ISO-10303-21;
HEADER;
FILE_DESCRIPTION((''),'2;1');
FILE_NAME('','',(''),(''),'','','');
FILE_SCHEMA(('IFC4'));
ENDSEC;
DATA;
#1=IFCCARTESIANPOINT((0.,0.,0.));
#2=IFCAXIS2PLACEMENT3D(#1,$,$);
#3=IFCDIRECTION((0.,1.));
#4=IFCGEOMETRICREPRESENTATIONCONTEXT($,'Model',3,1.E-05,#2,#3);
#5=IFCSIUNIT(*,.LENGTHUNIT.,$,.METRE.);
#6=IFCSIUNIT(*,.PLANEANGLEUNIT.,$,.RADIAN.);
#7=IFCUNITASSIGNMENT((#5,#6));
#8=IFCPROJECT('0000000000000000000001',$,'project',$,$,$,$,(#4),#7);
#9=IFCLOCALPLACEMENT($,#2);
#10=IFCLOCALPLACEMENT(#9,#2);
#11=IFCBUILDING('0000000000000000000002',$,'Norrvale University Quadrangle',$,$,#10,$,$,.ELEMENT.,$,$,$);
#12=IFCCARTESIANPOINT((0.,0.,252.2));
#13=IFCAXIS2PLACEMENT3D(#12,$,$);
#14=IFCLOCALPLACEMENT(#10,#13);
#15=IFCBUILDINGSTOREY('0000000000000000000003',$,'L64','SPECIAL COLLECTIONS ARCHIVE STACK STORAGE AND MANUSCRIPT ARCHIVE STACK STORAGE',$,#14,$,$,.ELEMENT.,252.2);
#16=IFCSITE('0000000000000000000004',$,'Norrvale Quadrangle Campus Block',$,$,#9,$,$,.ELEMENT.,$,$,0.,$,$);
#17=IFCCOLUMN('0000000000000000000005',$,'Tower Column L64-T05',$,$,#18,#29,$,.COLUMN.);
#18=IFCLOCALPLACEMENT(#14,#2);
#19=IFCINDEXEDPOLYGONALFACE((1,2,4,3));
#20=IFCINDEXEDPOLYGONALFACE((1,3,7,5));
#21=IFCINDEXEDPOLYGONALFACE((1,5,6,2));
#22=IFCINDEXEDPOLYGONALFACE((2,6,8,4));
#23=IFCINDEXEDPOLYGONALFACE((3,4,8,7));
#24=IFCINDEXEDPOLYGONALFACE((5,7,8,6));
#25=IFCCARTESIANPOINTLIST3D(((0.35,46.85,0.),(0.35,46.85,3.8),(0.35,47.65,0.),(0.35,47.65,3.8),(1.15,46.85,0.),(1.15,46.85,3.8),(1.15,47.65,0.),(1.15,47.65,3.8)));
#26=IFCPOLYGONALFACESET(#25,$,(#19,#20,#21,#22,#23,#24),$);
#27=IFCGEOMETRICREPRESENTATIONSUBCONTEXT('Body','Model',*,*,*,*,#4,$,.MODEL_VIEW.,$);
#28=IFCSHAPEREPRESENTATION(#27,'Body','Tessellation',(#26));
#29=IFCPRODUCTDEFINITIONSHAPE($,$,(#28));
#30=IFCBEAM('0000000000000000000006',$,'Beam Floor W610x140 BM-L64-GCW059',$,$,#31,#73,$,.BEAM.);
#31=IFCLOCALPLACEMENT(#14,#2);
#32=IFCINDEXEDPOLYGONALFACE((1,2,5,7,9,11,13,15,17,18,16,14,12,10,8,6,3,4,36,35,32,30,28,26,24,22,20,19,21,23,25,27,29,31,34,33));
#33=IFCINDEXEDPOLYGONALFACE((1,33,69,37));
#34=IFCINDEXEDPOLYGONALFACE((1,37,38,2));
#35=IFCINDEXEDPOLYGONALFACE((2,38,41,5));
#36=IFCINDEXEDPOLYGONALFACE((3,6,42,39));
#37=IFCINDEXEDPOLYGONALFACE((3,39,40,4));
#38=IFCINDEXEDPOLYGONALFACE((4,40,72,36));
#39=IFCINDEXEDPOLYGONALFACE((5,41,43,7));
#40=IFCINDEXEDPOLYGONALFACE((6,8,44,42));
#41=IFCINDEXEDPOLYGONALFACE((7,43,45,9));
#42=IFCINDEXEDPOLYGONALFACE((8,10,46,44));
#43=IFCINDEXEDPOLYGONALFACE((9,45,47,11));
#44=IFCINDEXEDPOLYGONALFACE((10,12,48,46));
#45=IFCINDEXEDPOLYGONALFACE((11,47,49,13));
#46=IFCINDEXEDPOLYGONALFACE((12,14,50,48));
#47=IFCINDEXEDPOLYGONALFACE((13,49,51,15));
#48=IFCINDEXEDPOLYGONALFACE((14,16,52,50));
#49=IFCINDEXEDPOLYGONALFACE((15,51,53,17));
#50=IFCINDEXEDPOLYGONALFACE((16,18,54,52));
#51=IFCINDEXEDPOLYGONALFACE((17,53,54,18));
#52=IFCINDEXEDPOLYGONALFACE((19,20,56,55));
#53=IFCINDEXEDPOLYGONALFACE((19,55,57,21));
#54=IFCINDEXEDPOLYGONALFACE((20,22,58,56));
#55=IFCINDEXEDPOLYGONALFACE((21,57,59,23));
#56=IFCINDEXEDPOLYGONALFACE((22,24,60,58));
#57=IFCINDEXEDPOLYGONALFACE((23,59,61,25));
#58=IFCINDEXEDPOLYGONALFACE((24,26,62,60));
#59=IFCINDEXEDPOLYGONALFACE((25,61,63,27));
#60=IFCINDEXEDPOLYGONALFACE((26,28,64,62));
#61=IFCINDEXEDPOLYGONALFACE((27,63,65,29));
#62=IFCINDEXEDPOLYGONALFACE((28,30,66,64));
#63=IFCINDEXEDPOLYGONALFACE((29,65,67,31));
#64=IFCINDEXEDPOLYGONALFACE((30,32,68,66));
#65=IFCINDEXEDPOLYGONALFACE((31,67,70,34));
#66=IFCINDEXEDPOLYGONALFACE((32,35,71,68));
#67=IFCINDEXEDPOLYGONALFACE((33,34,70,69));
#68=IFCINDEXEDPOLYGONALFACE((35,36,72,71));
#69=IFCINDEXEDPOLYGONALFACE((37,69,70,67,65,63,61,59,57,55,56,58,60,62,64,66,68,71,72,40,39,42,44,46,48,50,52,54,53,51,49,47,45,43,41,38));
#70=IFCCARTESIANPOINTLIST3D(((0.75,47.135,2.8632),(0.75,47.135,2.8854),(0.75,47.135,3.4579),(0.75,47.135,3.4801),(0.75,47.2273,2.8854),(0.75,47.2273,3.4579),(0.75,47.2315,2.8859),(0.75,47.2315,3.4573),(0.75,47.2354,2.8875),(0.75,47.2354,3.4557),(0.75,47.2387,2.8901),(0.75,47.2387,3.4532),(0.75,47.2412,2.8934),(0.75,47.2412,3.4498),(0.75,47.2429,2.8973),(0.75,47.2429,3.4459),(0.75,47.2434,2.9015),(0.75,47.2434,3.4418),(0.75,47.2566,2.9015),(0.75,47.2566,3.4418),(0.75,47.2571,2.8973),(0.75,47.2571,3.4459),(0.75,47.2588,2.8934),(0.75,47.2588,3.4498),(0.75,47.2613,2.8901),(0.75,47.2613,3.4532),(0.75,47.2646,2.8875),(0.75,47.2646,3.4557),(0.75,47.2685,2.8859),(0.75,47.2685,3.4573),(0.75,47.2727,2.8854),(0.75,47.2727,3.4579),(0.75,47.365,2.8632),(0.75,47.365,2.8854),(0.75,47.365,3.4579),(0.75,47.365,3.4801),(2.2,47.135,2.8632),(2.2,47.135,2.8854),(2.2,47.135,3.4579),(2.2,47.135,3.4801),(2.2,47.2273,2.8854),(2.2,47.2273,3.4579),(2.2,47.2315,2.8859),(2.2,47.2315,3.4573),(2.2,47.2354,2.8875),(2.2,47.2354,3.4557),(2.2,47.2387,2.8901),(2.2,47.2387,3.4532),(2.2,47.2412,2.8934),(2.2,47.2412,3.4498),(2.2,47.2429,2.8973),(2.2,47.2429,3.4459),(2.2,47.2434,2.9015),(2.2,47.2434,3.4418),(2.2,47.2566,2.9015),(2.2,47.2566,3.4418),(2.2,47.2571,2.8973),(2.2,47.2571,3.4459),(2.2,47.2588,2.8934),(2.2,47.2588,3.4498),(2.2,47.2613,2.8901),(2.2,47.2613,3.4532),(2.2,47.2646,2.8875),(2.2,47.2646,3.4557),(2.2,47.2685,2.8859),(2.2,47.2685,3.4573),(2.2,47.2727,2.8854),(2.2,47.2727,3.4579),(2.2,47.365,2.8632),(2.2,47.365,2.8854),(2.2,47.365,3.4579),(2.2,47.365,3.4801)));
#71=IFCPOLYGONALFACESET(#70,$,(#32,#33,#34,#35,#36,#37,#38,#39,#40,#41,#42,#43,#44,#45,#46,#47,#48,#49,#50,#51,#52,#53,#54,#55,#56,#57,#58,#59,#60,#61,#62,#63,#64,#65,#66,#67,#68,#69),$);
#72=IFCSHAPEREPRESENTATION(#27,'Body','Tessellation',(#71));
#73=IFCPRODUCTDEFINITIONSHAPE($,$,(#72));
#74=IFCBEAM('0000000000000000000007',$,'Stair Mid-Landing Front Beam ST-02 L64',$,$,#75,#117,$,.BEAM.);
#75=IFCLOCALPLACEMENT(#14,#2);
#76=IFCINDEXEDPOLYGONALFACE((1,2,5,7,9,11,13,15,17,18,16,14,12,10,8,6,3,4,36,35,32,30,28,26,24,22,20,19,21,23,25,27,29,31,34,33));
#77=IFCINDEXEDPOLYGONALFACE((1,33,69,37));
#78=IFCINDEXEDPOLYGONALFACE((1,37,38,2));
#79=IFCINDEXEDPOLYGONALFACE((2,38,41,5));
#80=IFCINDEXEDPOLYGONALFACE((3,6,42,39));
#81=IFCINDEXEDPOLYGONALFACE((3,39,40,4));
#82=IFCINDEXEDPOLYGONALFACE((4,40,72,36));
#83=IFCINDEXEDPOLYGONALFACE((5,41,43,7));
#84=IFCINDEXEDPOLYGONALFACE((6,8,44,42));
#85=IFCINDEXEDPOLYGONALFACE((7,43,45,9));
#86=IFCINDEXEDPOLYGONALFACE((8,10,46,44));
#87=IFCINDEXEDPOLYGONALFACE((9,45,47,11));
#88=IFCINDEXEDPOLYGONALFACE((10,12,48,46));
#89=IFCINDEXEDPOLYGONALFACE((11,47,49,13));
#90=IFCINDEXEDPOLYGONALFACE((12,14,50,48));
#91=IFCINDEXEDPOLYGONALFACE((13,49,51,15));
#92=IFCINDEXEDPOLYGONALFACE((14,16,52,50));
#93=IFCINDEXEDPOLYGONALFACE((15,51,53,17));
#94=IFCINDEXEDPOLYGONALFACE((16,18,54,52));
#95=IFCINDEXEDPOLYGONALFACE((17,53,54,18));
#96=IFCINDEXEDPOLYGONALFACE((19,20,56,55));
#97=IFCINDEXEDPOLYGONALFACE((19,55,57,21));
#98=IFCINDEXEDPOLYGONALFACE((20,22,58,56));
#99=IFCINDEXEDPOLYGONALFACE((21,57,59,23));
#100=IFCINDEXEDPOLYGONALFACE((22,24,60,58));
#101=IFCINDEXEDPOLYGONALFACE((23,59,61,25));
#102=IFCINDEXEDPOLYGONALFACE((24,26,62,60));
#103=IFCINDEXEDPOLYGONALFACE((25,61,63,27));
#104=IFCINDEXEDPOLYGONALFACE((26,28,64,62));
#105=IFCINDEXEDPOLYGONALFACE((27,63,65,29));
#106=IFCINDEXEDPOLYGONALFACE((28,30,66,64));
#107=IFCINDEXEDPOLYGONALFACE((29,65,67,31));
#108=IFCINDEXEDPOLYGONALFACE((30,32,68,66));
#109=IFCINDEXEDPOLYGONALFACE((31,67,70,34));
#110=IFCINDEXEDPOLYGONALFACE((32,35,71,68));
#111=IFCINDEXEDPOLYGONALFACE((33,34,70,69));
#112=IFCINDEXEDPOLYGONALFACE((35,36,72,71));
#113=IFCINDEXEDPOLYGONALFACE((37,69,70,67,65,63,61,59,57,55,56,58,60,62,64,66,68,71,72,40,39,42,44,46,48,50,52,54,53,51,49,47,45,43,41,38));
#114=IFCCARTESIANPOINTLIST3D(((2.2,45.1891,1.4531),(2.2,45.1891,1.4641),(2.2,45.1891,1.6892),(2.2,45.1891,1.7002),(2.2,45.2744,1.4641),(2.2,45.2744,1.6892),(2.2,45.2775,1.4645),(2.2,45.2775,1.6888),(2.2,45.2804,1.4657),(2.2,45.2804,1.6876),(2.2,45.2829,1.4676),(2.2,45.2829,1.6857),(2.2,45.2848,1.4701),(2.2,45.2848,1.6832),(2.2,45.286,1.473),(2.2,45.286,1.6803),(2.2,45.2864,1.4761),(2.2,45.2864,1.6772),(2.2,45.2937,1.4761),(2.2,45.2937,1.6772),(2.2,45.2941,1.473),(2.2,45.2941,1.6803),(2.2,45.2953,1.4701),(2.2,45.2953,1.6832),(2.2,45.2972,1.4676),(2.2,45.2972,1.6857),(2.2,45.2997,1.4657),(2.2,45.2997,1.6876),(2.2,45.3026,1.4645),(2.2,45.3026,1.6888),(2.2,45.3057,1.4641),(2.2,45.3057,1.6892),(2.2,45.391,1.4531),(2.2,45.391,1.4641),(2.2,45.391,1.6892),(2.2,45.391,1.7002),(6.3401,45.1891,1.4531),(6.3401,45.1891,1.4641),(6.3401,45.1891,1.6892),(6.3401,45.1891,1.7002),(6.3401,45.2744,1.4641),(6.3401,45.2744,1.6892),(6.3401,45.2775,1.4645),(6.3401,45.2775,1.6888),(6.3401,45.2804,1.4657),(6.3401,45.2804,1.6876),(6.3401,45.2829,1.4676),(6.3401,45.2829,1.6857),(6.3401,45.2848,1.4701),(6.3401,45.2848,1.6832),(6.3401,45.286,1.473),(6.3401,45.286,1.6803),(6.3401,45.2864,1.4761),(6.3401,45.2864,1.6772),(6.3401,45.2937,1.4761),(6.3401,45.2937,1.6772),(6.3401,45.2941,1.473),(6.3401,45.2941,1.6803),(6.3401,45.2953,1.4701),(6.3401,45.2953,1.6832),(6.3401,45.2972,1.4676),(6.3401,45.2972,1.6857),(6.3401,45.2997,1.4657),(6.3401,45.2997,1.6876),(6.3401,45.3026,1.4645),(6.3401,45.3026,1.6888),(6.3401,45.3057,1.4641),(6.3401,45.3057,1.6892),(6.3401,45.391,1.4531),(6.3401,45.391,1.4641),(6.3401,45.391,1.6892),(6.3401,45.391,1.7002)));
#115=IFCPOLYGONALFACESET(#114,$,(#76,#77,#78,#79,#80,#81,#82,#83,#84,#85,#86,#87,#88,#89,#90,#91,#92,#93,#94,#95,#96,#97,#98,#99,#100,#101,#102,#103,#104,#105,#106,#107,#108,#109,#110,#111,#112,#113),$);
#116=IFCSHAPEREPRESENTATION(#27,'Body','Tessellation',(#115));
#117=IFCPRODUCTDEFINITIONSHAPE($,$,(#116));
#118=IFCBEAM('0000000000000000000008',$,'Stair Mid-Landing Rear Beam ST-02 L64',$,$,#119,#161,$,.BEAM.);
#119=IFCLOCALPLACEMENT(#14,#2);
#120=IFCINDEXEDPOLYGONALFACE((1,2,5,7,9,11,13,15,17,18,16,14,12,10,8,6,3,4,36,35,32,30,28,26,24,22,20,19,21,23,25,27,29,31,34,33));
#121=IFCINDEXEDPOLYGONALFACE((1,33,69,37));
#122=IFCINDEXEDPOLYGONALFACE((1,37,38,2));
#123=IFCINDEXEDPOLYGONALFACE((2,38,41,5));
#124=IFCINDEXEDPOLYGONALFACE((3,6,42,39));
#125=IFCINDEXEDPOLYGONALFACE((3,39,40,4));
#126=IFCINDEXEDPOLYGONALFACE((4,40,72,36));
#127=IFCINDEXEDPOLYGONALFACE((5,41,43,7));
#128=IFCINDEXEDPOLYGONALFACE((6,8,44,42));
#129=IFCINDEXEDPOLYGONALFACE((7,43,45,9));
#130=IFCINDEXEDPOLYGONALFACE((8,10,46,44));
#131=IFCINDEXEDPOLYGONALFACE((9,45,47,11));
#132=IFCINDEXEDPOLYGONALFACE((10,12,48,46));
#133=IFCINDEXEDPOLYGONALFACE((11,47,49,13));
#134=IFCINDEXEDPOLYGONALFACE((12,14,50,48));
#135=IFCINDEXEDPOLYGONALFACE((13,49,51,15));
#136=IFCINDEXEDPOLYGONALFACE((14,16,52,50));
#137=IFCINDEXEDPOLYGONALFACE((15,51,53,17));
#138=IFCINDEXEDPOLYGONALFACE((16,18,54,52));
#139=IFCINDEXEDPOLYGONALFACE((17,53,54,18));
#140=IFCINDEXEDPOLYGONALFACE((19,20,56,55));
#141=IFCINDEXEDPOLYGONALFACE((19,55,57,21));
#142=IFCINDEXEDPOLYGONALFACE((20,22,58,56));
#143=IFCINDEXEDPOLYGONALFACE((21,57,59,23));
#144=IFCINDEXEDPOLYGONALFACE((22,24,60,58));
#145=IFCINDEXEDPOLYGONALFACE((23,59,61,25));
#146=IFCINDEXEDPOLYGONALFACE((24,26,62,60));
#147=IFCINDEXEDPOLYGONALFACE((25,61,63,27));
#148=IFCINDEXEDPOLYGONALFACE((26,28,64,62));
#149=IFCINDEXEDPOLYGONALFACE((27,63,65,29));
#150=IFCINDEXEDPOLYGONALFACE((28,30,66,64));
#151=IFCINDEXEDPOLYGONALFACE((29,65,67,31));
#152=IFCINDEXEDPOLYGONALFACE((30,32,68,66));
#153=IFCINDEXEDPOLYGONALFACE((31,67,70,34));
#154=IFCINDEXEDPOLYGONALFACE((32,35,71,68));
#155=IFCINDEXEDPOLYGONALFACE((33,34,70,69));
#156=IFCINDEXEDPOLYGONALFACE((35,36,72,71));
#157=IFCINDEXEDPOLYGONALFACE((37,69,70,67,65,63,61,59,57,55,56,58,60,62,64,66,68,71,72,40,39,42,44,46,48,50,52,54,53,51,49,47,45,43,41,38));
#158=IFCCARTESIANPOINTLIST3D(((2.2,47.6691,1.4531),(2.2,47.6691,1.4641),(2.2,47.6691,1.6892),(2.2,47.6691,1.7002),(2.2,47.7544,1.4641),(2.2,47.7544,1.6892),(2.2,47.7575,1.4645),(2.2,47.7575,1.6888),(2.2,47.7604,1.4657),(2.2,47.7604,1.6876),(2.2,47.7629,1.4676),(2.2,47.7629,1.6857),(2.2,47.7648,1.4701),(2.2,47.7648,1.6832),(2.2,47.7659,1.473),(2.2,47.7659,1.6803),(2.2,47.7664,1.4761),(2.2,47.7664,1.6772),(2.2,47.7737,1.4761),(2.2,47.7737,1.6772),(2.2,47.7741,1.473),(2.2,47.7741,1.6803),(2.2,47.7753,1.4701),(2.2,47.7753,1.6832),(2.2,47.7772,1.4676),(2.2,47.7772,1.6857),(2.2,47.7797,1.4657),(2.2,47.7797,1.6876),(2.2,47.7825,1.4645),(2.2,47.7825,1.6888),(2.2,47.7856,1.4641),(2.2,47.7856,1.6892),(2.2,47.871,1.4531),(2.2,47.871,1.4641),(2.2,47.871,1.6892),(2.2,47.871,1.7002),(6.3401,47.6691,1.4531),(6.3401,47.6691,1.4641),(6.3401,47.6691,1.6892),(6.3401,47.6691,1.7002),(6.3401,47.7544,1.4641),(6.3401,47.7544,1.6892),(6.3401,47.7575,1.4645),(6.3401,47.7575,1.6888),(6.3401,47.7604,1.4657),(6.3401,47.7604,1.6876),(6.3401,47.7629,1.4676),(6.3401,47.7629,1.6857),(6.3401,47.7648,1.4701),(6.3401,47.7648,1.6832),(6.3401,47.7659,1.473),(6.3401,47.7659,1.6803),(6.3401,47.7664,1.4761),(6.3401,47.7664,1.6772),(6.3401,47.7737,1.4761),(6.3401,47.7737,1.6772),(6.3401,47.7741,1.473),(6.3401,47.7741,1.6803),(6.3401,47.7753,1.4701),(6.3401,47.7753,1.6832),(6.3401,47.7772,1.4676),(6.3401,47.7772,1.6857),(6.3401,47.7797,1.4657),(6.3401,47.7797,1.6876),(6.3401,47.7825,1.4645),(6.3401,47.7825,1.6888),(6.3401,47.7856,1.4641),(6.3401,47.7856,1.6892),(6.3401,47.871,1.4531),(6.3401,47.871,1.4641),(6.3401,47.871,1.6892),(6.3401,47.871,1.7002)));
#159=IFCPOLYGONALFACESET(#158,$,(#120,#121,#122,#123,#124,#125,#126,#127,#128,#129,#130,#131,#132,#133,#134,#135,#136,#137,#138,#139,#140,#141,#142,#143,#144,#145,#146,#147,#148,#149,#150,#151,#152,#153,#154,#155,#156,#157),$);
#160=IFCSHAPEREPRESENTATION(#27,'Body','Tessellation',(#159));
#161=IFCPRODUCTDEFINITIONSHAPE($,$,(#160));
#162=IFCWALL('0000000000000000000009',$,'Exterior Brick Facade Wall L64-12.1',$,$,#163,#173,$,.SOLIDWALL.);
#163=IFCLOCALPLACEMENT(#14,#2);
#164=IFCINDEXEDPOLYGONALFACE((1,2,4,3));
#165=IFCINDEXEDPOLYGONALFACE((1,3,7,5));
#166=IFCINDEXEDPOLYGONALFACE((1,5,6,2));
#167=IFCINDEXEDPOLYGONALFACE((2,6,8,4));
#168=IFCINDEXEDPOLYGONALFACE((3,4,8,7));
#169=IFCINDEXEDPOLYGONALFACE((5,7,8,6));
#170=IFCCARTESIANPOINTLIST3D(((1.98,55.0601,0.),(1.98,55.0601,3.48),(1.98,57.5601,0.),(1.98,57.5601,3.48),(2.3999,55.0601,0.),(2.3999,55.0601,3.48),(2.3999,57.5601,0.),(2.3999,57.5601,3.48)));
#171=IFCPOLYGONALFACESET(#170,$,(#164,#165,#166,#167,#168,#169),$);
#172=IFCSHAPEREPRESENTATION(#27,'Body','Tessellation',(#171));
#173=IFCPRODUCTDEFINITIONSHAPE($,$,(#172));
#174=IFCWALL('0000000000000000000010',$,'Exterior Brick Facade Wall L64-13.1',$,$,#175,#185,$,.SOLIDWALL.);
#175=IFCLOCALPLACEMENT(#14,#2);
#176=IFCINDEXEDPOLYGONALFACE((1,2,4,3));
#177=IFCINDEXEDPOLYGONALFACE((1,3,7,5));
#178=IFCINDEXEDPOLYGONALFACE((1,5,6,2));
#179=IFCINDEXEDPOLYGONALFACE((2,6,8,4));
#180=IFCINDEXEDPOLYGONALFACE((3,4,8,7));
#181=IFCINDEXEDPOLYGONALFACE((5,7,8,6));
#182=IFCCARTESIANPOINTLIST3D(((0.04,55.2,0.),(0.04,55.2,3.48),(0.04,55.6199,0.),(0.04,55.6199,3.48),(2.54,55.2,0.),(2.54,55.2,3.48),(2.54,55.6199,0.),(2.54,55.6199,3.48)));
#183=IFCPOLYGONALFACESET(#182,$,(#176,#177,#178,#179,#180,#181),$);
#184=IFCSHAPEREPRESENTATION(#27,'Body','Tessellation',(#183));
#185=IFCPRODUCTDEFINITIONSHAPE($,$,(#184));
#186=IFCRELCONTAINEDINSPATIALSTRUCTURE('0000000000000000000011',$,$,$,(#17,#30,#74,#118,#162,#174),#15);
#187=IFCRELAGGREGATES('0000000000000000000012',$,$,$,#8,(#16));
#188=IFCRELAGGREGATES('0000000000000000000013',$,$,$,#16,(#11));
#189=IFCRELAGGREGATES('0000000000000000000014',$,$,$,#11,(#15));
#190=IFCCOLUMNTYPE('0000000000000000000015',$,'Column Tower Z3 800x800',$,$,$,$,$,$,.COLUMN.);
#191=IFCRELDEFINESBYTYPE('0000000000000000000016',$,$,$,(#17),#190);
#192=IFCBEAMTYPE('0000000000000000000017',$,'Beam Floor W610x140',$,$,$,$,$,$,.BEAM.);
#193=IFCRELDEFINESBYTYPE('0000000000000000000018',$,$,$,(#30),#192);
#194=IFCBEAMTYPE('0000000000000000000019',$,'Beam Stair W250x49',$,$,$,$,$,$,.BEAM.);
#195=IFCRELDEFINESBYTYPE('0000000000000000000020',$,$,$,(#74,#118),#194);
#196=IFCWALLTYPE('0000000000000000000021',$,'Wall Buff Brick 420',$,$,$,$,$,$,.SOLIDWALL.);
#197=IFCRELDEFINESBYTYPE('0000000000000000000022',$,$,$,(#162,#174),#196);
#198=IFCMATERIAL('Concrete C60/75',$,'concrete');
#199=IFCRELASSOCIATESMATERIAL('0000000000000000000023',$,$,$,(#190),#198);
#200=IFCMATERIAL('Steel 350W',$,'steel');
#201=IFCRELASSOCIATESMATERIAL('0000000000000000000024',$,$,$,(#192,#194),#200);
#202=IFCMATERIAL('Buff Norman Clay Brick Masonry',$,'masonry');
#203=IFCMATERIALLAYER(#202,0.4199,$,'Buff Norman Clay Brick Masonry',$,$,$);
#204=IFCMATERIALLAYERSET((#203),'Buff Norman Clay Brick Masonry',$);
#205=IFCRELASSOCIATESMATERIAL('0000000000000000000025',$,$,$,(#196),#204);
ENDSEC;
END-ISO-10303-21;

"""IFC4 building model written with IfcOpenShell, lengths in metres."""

from ifc_helpers import new_model, si_unit, direction, frame, frame_2d, origin, origin_2d, place, context, subcontext, project, spatial, rectangle, i_section, extrude, material, layer, layer_set, material_profile, profile_set, type_object, element, save


model = new_model("IFC4")

# Units and contexts
model_context = context("Model", 3, precision=1e-05, world=origin(), true_north=direction((0.0, 1.0)))
body_context = subcontext(model_context, "Body", "Model", "MODEL_VIEW")
ifc_project = project(units=[si_unit("LENGTHUNIT", "METRE"), si_unit("PLANEANGLEUNIT", "RADIAN")], contexts=[model_context])

# Site, building, storey
site_placement = place(None, origin())
site = spatial("IfcSite", under=ifc_project, at=site_placement, Name="Norrvale Quadrangle Campus Block", CompositionType="ELEMENT", RefElevation=0.0)
building_placement = place(site_placement, origin())
building = spatial("IfcBuilding", under=site, at=building_placement, Name="Norrvale University Quadrangle", CompositionType="ELEMENT")
storey_placement = place(building_placement, frame((0.0, 0.0, 252.2)))
storey = spatial("IfcBuildingStorey", under=building, at=storey_placement, Name="L64", Description="SPECIAL COLLECTIONS ARCHIVE STACK STORAGE AND MANUSCRIPT ARCHIVE STACK STORAGE", CompositionType="ELEMENT", Elevation=252.2)

# Column
ifc_material_1 = material(Name="Concrete C60/75", Category="concrete")
ifc_material_profile_1 = material_profile(ifc_material_1, rectangle(XDim=0.8, YDim=0.8, at=origin_2d()), Name="Concrete C60/75")
ifc_profile_set_1 = profile_set([ifc_material_profile_1], Name="Concrete C60/75")
column_type = type_object("IfcColumnType", Name="Column Tower Z3 800x800", PredefinedType="COLUMN", material=ifc_profile_set_1)
column_placement = place(storey_placement, frame((0.75, 47.25, 0.0), z_axis=(0.0, 0.0, 1.0), x_axis=(1.0, 0.0, 0.0)))
element("IfcColumn", 1, at=column_placement, inside=storey, type_object=column_type, Name="Tower Column L64-T05", PredefinedType="COLUMN", context=body_context, shape_type="SweptSolid", body=[
    extrude(rectangle(XDim=0.8, YDim=0.8, at=origin_2d()), origin(), (0.0, 0.0, 1.0), 3.8),
])

# Beams
ifc_material_2 = material(Name="Steel 350W", Category="steel")
ifc_material_profile_2 = material_profile(ifc_material_2, i_section(OverallWidth=0.23, OverallDepth=0.6169, WebThickness=0.0132, FlangeThickness=0.0222, FilletRadius=0.0161, at=origin_2d()), Name="Steel 350W")
ifc_profile_set_2 = profile_set([ifc_material_profile_2], Name="Steel 350W")
beam_type_1 = type_object("IfcBeamType", Name="Beam Floor W610x140", PredefinedType="BEAM", material=ifc_profile_set_2)
beam_placement = place(storey_placement, frame((0.75, 47.25, 3.1716), z_axis=(1.0, 0.0, 0.0), x_axis=(0.0, 1.0, 0.0)))
element("IfcBeam", 2, at=beam_placement, inside=storey, type_object=beam_type_1, Name="Beam Floor W610x140 BM-L64-GCW059", PredefinedType="BEAM", context=body_context, shape_type="SweptSolid", body=[
    extrude(i_section(OverallWidth=0.23, OverallDepth=0.6169, WebThickness=0.0132, FlangeThickness=0.0222, FilletRadius=0.0161, at=origin_2d()), origin(), (0.0, 0.0, 1.0), 1.45),
])
ifc_material_profile_3 = material_profile(ifc_material_2, i_section(OverallWidth=0.2019, OverallDepth=0.2471, WebThickness=0.0073, FlangeThickness=0.011, FilletRadius=0.012, at=origin_2d()), Name="Steel 350W")
ifc_profile_set_3 = profile_set([ifc_material_profile_3], Name="Steel 350W")
beam_type_2 = type_object("IfcBeamType", Name="Beam Stair W250x49", PredefinedType="BEAM", material=ifc_profile_set_3)
for number, where, z_axis, x_axis, name in (
    (3, (2.2, 45.29, 1.5767), (1.0, 0.0, 0.0), (0.0, 1.0, 0.0), "Stair Mid-Landing Front Beam ST-02 L64"),
    (4, (2.2, 47.77, 1.5767), (1.0, 0.0, 0.0), (0.0, 1.0, 0.0), "Stair Mid-Landing Rear Beam ST-02 L64"),
):
    element("IfcBeam", number, at=place(storey_placement, frame(where, z_axis=z_axis, x_axis=x_axis)), inside=storey, type_object=beam_type_2, Name=name, PredefinedType="BEAM", context=body_context, shape_type="SweptSolid", body=[
        extrude(i_section(OverallWidth=0.2019, OverallDepth=0.2471, WebThickness=0.0073, FlangeThickness=0.011, FilletRadius=0.012, at=origin_2d()), origin(), (0.0, 0.0, 1.0), 4.1401),
    ])

# Walls
ifc_material_3 = material(Name="Buff Norman Clay Brick Masonry", Category="masonry")
ifc_layer_1 = layer(ifc_material_3, 0.4199, Name="Buff Norman Clay Brick Masonry")
ifc_layer_set_1 = layer_set([ifc_layer_1], Name="Buff Norman Clay Brick Masonry")
wall_type_1 = type_object("IfcWallType", Name="Wall Buff Brick 420", PredefinedType="SOLIDWALL", material=ifc_layer_set_1)
for number, where, z_axis, x_axis, name in (
    (5, (2.1899, 57.5601, 0.0), (0.0, 0.0, 1.0), (0.0, -1.0, 0.0), "Exterior Brick Facade Wall L64-12.1"),
    (6, (2.54, 55.4099, 0.0), (0.0, 0.0, 1.0), (-1.0, 0.0, 0.0), "Exterior Brick Facade Wall L64-13.1"),
):
    element("IfcWall", number, at=place(storey_placement, frame(where, z_axis=z_axis, x_axis=x_axis)), inside=storey, type_object=wall_type_1, Name=name, PredefinedType="SOLIDWALL", context=body_context, shape_type="SweptSolid", body=[
        extrude(rectangle(XDim=2.5, YDim=0.4199, at=frame_2d((1.25, 0.0))), origin(), (0.0, 0.0, 1.0), 3.48),
    ])

save(model, "model.ifc")
